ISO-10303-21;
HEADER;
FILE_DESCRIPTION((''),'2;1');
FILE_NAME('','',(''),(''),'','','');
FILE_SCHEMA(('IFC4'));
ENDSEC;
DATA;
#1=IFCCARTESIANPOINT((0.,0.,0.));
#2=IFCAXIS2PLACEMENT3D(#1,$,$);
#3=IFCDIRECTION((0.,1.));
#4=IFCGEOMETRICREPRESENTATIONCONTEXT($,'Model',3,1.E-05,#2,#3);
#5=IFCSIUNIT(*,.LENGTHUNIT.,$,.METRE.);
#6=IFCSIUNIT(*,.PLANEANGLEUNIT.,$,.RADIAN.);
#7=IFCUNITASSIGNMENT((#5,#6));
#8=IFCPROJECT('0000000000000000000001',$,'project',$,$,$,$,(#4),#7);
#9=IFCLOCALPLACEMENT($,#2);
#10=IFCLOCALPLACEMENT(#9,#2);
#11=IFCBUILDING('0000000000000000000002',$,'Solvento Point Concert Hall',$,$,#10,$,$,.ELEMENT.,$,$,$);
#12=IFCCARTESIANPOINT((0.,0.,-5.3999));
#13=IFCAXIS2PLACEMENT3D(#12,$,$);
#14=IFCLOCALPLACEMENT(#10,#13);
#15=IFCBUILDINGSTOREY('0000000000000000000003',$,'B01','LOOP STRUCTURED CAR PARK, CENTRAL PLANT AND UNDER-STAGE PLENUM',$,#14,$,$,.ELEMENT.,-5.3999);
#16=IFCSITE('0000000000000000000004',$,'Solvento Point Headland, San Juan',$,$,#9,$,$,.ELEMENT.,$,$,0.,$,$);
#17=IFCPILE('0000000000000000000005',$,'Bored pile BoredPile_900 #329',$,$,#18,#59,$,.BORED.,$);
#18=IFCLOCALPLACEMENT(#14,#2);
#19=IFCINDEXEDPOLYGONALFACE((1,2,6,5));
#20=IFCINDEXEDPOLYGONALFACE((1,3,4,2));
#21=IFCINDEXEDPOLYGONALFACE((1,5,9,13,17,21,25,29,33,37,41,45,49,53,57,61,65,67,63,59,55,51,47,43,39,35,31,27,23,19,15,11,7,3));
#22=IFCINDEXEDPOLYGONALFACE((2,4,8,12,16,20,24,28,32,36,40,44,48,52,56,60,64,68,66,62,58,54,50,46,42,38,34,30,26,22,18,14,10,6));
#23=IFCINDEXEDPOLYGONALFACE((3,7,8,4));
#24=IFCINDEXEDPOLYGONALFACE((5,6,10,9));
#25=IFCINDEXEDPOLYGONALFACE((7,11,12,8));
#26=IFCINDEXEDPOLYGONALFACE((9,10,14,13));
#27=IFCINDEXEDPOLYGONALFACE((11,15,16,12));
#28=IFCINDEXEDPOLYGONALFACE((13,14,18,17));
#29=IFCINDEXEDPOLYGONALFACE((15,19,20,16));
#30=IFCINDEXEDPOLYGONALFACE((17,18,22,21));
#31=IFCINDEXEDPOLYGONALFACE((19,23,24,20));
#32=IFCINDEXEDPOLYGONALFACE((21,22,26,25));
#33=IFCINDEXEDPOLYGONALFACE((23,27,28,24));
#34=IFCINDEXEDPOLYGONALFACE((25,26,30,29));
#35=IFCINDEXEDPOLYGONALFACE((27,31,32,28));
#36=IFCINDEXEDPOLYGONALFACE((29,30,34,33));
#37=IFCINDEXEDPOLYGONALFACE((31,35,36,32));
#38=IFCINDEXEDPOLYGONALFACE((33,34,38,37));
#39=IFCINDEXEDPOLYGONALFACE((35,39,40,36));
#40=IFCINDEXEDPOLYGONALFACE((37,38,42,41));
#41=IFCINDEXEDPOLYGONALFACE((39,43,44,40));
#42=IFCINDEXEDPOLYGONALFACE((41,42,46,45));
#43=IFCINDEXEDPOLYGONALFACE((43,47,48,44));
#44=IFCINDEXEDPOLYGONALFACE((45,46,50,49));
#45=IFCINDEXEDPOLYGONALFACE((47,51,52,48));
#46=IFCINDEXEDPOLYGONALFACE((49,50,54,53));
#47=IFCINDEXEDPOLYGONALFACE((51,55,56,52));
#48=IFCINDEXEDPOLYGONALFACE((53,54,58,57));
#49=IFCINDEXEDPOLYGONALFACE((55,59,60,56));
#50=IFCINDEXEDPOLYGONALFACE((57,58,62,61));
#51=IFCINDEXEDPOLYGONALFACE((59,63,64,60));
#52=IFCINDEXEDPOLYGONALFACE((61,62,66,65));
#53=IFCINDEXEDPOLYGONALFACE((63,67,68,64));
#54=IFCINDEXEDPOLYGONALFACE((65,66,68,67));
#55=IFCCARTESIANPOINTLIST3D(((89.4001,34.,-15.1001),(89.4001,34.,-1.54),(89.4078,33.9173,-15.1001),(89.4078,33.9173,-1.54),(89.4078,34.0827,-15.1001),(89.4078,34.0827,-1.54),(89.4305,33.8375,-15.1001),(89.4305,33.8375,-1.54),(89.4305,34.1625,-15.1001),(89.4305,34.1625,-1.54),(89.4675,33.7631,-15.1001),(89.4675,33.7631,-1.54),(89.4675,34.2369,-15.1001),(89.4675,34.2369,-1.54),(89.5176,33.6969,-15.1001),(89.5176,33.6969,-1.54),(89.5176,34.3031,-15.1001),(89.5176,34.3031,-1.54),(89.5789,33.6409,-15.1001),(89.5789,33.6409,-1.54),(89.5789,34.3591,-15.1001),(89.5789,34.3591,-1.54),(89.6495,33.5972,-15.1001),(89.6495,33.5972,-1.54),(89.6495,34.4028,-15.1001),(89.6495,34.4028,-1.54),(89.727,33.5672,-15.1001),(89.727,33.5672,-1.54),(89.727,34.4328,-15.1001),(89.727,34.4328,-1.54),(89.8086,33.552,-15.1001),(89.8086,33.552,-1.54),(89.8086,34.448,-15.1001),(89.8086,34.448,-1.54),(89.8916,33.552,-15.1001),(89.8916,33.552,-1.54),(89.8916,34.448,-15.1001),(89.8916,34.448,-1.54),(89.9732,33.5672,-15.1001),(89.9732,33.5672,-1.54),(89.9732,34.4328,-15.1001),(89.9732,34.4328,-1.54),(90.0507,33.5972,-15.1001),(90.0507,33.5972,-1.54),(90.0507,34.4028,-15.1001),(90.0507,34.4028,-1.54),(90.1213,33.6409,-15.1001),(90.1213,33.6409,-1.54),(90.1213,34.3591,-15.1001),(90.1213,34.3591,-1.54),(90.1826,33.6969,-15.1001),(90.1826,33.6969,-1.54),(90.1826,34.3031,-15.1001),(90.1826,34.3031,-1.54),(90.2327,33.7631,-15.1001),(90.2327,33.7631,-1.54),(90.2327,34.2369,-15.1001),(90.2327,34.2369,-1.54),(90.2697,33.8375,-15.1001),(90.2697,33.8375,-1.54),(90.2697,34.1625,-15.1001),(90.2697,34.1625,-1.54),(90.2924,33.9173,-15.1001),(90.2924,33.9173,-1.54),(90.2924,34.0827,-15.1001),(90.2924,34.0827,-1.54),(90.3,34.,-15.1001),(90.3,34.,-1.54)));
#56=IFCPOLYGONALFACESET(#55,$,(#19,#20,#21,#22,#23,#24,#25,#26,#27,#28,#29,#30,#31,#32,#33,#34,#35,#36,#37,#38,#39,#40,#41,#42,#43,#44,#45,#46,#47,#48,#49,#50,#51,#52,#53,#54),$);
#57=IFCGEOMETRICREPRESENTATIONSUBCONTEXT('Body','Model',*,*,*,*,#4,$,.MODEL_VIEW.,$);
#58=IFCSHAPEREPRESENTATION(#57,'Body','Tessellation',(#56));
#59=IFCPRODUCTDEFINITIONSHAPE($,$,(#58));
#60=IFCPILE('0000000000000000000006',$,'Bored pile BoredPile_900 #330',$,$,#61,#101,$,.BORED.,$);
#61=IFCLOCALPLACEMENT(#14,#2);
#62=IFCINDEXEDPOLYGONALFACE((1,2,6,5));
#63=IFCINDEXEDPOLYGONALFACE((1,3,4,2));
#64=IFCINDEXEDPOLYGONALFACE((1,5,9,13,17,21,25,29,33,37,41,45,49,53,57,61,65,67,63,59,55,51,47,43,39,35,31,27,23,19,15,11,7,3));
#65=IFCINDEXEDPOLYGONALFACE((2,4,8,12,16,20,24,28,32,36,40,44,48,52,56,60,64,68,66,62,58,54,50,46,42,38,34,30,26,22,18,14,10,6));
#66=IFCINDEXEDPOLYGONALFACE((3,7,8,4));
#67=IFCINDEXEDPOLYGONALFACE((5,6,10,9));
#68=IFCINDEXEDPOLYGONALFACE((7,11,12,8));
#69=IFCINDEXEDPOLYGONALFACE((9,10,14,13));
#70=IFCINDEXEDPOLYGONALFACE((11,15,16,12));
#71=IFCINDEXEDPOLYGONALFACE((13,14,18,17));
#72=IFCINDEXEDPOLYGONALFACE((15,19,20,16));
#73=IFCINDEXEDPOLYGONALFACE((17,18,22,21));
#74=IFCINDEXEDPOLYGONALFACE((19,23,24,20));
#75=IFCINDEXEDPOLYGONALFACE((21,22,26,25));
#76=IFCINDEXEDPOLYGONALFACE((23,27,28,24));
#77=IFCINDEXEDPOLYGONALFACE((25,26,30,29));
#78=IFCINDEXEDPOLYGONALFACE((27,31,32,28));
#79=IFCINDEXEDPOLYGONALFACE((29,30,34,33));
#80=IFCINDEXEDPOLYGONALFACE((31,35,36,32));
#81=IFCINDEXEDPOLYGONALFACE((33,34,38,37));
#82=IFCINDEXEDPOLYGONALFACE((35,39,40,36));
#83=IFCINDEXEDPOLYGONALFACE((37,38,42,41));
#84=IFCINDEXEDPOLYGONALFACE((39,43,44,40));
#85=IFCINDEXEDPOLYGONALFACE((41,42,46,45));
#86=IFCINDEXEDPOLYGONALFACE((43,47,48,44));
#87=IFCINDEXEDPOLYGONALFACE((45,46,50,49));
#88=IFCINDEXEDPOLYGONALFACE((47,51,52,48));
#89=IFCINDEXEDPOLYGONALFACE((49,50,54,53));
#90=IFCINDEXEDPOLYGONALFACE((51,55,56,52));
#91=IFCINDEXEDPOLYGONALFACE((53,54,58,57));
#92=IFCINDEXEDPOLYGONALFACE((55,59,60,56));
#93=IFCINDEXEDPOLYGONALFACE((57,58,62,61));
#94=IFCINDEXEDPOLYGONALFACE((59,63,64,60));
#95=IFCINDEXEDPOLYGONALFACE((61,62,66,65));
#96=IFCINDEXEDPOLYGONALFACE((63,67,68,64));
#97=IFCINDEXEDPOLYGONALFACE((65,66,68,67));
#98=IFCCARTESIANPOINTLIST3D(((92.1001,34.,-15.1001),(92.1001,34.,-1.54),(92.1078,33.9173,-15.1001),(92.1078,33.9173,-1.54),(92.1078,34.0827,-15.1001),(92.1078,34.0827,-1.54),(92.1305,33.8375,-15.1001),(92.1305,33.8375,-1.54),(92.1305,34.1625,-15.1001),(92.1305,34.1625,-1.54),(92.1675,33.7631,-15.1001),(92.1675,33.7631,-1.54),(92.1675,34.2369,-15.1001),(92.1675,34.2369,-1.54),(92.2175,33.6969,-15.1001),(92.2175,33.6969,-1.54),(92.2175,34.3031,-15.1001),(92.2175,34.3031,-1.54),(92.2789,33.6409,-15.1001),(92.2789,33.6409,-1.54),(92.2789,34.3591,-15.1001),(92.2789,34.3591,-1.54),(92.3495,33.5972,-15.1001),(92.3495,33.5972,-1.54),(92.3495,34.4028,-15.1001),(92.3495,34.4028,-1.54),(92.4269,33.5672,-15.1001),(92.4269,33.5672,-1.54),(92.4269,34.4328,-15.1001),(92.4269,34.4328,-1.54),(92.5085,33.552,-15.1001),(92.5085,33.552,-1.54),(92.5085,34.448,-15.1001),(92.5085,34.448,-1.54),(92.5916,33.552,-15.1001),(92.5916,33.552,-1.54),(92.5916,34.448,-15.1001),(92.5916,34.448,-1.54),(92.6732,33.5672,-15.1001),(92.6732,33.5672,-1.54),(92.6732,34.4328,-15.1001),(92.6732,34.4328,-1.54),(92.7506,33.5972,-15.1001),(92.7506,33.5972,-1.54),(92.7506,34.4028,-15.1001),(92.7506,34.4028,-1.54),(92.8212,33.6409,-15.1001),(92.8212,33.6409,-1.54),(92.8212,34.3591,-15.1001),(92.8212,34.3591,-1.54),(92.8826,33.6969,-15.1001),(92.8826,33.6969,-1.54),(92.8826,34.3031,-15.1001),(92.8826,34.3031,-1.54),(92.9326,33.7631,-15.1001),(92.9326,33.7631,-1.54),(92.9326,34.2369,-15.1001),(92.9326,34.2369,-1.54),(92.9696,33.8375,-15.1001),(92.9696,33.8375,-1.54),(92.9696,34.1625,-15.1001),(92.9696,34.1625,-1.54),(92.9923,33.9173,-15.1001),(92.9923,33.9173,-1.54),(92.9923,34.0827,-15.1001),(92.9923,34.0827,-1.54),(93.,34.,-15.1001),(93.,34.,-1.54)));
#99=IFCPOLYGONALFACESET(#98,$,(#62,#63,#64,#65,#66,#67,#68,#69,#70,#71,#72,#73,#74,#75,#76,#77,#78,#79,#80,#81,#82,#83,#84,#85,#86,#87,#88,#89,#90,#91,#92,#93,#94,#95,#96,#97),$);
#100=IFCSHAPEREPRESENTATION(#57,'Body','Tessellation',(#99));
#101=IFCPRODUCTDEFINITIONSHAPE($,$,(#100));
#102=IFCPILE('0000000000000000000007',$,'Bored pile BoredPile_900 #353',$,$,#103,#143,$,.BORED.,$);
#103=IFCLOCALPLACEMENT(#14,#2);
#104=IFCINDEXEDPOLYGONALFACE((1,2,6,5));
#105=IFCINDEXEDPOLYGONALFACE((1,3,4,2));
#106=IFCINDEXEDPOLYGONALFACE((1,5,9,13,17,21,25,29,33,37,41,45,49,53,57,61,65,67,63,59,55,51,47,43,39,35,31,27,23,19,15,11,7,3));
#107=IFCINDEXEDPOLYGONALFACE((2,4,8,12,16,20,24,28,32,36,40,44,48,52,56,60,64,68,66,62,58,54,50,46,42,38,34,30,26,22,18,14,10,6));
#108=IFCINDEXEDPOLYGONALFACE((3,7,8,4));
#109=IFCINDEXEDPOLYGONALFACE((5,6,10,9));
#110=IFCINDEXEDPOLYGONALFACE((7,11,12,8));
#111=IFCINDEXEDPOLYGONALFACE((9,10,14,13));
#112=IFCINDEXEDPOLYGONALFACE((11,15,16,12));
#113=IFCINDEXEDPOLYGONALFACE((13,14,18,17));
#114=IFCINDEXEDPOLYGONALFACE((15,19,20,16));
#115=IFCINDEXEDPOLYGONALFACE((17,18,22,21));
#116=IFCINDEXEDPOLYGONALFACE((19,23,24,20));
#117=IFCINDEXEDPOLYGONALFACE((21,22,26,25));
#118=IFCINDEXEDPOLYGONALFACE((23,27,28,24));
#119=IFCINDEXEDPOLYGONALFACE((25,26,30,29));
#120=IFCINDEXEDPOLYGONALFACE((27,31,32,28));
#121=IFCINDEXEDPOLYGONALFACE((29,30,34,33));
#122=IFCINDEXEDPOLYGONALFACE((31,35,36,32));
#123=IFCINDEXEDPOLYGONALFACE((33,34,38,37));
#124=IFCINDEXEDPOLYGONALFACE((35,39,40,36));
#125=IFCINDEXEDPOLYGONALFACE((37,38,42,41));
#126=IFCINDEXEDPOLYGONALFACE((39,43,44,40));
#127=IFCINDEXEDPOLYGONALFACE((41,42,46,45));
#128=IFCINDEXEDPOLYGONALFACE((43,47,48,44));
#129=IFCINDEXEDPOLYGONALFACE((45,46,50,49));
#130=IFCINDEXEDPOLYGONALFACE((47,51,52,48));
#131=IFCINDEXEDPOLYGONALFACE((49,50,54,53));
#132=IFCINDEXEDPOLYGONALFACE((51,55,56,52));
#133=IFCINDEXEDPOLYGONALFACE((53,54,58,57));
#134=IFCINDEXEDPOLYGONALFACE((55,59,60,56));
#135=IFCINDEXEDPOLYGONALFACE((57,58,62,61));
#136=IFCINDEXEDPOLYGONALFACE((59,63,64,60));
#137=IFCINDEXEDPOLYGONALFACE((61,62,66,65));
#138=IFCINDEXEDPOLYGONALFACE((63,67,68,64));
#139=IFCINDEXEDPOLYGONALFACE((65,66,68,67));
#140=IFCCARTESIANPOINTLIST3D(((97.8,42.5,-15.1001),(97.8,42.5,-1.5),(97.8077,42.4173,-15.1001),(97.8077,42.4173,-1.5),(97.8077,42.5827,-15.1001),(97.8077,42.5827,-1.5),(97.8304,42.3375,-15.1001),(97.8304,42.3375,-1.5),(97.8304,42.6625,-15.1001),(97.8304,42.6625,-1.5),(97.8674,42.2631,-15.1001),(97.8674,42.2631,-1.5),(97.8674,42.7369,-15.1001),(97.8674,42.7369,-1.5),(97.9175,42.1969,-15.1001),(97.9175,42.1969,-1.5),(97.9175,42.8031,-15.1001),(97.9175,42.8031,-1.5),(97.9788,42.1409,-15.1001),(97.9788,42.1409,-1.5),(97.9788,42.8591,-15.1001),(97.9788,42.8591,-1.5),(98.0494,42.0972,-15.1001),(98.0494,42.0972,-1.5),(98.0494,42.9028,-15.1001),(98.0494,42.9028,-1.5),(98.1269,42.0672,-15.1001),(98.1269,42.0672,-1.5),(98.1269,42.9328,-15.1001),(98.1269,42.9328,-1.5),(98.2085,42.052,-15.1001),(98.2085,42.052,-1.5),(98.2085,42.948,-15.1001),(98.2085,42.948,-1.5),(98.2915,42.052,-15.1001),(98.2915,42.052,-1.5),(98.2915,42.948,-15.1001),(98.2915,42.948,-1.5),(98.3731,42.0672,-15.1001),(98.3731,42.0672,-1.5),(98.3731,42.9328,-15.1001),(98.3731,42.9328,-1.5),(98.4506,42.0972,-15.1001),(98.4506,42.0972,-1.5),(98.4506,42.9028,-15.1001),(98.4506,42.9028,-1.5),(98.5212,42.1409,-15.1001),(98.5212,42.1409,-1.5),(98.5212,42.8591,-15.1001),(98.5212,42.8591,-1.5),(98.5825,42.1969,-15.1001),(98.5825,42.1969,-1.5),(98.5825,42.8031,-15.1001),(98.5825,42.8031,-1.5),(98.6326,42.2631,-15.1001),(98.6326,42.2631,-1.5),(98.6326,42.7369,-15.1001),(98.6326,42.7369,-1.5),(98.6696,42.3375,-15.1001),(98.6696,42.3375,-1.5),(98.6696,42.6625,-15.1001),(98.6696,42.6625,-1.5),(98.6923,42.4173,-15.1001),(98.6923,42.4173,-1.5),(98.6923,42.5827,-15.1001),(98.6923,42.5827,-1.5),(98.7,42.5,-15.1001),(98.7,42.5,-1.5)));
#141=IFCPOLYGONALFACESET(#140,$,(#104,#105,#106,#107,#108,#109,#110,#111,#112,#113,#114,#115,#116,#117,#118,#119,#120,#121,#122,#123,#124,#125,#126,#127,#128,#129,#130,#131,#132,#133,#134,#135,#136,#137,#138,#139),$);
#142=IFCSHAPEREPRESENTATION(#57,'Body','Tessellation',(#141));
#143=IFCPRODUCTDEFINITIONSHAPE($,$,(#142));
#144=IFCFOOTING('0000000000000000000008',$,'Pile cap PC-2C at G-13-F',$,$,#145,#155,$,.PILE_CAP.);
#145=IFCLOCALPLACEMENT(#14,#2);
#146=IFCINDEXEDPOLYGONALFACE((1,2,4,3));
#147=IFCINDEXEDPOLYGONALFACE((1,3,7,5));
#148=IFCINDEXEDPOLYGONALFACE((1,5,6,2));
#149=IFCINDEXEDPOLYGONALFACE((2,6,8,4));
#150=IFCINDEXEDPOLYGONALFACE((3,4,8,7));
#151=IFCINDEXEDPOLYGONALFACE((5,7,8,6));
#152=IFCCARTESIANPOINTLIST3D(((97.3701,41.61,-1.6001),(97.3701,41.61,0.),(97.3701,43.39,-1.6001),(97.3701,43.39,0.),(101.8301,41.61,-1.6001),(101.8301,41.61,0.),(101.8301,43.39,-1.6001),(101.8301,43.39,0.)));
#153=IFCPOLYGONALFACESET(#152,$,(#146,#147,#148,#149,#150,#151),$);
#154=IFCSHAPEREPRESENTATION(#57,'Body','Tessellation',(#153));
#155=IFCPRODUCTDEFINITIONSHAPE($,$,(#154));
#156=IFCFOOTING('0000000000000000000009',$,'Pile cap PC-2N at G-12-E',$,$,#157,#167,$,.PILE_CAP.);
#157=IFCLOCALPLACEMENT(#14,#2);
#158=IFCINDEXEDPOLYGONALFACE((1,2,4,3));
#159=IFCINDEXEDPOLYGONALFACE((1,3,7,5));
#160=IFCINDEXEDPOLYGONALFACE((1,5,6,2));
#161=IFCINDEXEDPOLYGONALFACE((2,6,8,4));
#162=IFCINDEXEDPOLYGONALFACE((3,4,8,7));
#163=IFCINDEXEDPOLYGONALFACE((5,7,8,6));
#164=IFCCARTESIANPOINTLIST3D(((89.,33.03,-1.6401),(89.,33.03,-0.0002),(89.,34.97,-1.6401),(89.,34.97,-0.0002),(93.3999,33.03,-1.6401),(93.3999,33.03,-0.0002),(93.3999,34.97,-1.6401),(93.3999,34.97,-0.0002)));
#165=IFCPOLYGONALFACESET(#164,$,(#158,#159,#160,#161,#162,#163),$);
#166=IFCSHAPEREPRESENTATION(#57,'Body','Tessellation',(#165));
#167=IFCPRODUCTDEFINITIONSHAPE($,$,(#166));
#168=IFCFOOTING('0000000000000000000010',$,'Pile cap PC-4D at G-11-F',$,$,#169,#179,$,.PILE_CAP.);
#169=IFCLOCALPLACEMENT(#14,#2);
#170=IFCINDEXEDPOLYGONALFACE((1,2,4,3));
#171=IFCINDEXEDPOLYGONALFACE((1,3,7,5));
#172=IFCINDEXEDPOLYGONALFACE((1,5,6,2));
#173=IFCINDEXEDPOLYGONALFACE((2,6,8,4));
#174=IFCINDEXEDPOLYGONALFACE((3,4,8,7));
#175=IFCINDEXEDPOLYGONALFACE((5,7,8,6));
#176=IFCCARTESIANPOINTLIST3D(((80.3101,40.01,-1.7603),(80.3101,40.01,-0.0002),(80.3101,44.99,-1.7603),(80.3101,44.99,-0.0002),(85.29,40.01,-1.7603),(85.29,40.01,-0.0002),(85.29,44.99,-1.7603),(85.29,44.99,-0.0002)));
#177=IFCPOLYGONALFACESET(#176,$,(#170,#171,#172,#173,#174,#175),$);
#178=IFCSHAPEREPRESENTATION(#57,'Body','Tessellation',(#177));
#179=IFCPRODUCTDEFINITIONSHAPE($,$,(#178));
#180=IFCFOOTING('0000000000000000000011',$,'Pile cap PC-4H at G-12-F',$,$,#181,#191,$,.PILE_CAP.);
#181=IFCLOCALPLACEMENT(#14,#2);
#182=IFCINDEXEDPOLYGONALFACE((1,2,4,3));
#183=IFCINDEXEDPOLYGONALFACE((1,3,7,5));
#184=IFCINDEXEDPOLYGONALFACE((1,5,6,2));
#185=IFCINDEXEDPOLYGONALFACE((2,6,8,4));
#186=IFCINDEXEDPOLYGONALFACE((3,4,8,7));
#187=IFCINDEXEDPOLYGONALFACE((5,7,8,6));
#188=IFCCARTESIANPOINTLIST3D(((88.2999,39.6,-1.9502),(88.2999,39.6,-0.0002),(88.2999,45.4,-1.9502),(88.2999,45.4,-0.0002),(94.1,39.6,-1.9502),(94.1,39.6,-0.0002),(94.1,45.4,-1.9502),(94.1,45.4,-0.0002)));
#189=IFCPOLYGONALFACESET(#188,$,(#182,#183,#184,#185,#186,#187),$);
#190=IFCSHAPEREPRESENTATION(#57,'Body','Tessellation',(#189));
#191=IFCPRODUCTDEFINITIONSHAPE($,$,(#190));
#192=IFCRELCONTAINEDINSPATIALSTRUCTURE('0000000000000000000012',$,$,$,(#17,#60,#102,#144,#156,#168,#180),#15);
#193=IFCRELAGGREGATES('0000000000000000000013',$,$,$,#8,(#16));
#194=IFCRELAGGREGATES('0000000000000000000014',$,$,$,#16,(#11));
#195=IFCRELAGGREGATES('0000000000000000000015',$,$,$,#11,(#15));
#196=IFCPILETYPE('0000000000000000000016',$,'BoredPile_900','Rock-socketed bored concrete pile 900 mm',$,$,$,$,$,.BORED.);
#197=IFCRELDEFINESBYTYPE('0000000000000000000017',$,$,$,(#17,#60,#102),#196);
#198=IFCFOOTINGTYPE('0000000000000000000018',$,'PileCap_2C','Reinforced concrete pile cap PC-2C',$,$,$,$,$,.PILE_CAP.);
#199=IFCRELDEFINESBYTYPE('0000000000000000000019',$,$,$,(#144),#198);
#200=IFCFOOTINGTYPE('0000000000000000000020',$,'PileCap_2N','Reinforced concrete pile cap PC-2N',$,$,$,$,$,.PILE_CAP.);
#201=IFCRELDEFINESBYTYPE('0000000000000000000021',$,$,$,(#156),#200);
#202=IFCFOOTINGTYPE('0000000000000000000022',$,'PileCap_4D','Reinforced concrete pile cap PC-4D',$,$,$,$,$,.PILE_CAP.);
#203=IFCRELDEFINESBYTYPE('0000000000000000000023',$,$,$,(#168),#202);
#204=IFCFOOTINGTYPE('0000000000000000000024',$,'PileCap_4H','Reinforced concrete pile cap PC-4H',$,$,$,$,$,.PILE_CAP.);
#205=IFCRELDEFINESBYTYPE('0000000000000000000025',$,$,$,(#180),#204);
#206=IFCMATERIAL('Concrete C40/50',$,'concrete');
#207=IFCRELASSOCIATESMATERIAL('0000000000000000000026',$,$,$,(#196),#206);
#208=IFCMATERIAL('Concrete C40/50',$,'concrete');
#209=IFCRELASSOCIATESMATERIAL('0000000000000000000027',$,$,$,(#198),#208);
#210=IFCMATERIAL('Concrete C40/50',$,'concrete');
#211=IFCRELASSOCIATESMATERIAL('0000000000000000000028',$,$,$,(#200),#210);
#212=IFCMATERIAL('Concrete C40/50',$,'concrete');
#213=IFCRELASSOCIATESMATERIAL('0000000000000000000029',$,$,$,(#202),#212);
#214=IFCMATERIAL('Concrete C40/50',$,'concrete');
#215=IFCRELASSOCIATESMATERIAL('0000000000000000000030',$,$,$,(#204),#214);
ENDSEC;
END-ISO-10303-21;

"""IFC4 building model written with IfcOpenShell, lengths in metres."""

from ifc_helpers import new_model, si_unit, direction, frame, origin, origin_2d, place, context, subcontext, project, spatial, rectangle, circle, extrude, material, material_profile, profile_set, type_object, element, save


model = new_model("IFC4")

# Units and contexts
model_context = context("Model", 3, precision=1e-05, world=origin(), true_north=direction((0.0, 1.0)))
body_context = subcontext(model_context, "Body", "Model", "MODEL_VIEW")
ifc_project = project(units=[si_unit("LENGTHUNIT", "METRE"), si_unit("PLANEANGLEUNIT", "RADIAN")], contexts=[model_context])

# Site, building, storey
site_placement = place(None, origin())
site = spatial("IfcSite", under=ifc_project, at=site_placement, Name="Solvento Point Headland, San Juan", CompositionType="ELEMENT", RefElevation=0.0)
building_placement = place(site_placement, origin())
building = spatial("IfcBuilding", under=site, at=building_placement, Name="Solvento Point Concert Hall", CompositionType="ELEMENT")
storey_placement = place(building_placement, frame((0.0, 0.0, -5.3999)))
storey = spatial("IfcBuildingStorey", under=building, at=storey_placement, Name="B01", Description="LOOP STRUCTURED CAR PARK, CENTRAL PLANT AND UNDER-STAGE PLENUM", CompositionType="ELEMENT", Elevation=-5.3999)

# Piles
ifc_material_1 = material(Name="Concrete C40/50", Category="concrete")
ifc_material_profile_1 = material_profile(ifc_material_1, circle(Radius=0.45, at=origin_2d()), Name="BP-900")
ifc_profile_set_1 = profile_set([ifc_material_profile_1], Name="Concrete C40/50")
pile_type_1 = type_object("IfcPileType", Name="BoredPile_900", Description="Rock-socketed bored concrete pile 900 mm", PredefinedType="BORED", material=ifc_profile_set_1)
for number, where, z_axis, x_axis, name in (
    (1, (89.8501, 34.0, -1.54), (0.0, 0.0, -1.0), (1.0, 0.0, 0.0), "Bored pile BoredPile_900 #329"),
    (2, (92.55, 34.0, -1.54), (0.0, 0.0, -1.0), (1.0, 0.0, 0.0), "Bored pile BoredPile_900 #330"),
):
    element("IfcPile", number, at=place(storey_placement, frame(where, z_axis=z_axis, x_axis=x_axis)), inside=storey, type_object=pile_type_1, Name=name, PredefinedType="BORED", context=body_context, shape_type="SweptSolid", body=[
        extrude(circle(Radius=0.45, at=origin_2d()), origin(), (0.0, 0.0, 1.0), 13.5601),
    ])
pile_1_placement = place(storey_placement, frame((98.25, 42.5, -1.5), z_axis=(0.0, 0.0, -1.0), x_axis=(1.0, 0.0, 0.0)))
element("IfcPile", 3, at=pile_1_placement, inside=storey, type_object=pile_type_1, Name="Bored pile BoredPile_900 #353", PredefinedType="BORED", context=body_context, shape_type="SweptSolid", body=[
    extrude(circle(Radius=0.45, at=origin_2d()), origin(), (0.0, 0.0, 1.0), 13.6001),
])

# Footings
ifc_material_2 = material(Name="Concrete C40/50", Category="concrete")
footing_type_1 = type_object("IfcFootingType", Name="PileCap_2C", Description="Reinforced concrete pile cap PC-2C", PredefinedType="PILE_CAP", material=ifc_material_2)
footing_1_placement = place(storey_placement, frame((99.6001, 42.5, -1.6001), z_axis=(0.0, 0.0, 1.0), x_axis=(1.0, 0.0, 0.0)))
element("IfcFooting", 4, at=footing_1_placement, inside=storey, type_object=footing_type_1, Name="Pile cap PC-2C at G-13-F", PredefinedType="PILE_CAP", context=body_context, shape_type="SweptSolid", body=[
    extrude(rectangle(XDim=4.46, YDim=1.78, at=origin_2d()), origin(), (0.0, 0.0, 1.0), 1.6001),
])
ifc_material_3 = material(Name="Concrete C40/50", Category="concrete")
footing_type_2 = type_object("IfcFootingType", Name="PileCap_2N", Description="Reinforced concrete pile cap PC-2N", PredefinedType="PILE_CAP", material=ifc_material_3)
footing_2_placement = place(storey_placement, frame((91.2, 34.0, -1.6401), z_axis=(0.0, 0.0, 1.0), x_axis=(1.0, 0.0, 0.0)))
element("IfcFooting", 5, at=footing_2_placement, inside=storey, type_object=footing_type_2, Name="Pile cap PC-2N at G-12-E", PredefinedType="PILE_CAP", context=body_context, shape_type="SweptSolid", body=[
    extrude(rectangle(XDim=4.3999, YDim=1.9399, at=origin_2d()), origin(), (0.0, 0.0, 1.0), 1.6399),
])
ifc_material_4 = material(Name="Concrete C40/50", Category="concrete")
footing_type_3 = type_object("IfcFootingType", Name="PileCap_4D", Description="Reinforced concrete pile cap PC-4D", PredefinedType="PILE_CAP", material=ifc_material_4)
footing_3_placement = place(storey_placement, frame((82.8, 42.5, -1.7603), z_axis=(0.0, 0.0, 1.0), x_axis=(1.0, 0.0, 0.0)))
element("IfcFooting", 6, at=footing_3_placement, inside=storey, type_object=footing_type_3, Name="Pile cap PC-4D at G-11-F", PredefinedType="PILE_CAP", context=body_context, shape_type="SweptSolid", body=[
    extrude(rectangle(XDim=4.98, YDim=4.98, at=origin_2d()), origin(), (0.0, 0.0, 1.0), 1.76),
])
ifc_material_5 = material(Name="Concrete C40/50", Category="concrete")
footing_type_4 = type_object("IfcFootingType", Name="PileCap_4H", Description="Reinforced concrete pile cap PC-4H", PredefinedType="PILE_CAP", material=ifc_material_5)
footing_4_placement = place(storey_placement, frame((91.2, 42.5, -1.9502), z_axis=(0.0, 0.0, 1.0), x_axis=(1.0, 0.0, 0.0)))
element("IfcFooting", 7, at=footing_4_placement, inside=storey, type_object=footing_type_4, Name="Pile cap PC-4H at G-12-F", PredefinedType="PILE_CAP", context=body_context, shape_type="SweptSolid", body=[
    extrude(rectangle(XDim=5.8, YDim=5.8, at=origin_2d()), origin(), (0.0, 0.0, 1.0), 1.95),
])

save(model, "model.ifc")
